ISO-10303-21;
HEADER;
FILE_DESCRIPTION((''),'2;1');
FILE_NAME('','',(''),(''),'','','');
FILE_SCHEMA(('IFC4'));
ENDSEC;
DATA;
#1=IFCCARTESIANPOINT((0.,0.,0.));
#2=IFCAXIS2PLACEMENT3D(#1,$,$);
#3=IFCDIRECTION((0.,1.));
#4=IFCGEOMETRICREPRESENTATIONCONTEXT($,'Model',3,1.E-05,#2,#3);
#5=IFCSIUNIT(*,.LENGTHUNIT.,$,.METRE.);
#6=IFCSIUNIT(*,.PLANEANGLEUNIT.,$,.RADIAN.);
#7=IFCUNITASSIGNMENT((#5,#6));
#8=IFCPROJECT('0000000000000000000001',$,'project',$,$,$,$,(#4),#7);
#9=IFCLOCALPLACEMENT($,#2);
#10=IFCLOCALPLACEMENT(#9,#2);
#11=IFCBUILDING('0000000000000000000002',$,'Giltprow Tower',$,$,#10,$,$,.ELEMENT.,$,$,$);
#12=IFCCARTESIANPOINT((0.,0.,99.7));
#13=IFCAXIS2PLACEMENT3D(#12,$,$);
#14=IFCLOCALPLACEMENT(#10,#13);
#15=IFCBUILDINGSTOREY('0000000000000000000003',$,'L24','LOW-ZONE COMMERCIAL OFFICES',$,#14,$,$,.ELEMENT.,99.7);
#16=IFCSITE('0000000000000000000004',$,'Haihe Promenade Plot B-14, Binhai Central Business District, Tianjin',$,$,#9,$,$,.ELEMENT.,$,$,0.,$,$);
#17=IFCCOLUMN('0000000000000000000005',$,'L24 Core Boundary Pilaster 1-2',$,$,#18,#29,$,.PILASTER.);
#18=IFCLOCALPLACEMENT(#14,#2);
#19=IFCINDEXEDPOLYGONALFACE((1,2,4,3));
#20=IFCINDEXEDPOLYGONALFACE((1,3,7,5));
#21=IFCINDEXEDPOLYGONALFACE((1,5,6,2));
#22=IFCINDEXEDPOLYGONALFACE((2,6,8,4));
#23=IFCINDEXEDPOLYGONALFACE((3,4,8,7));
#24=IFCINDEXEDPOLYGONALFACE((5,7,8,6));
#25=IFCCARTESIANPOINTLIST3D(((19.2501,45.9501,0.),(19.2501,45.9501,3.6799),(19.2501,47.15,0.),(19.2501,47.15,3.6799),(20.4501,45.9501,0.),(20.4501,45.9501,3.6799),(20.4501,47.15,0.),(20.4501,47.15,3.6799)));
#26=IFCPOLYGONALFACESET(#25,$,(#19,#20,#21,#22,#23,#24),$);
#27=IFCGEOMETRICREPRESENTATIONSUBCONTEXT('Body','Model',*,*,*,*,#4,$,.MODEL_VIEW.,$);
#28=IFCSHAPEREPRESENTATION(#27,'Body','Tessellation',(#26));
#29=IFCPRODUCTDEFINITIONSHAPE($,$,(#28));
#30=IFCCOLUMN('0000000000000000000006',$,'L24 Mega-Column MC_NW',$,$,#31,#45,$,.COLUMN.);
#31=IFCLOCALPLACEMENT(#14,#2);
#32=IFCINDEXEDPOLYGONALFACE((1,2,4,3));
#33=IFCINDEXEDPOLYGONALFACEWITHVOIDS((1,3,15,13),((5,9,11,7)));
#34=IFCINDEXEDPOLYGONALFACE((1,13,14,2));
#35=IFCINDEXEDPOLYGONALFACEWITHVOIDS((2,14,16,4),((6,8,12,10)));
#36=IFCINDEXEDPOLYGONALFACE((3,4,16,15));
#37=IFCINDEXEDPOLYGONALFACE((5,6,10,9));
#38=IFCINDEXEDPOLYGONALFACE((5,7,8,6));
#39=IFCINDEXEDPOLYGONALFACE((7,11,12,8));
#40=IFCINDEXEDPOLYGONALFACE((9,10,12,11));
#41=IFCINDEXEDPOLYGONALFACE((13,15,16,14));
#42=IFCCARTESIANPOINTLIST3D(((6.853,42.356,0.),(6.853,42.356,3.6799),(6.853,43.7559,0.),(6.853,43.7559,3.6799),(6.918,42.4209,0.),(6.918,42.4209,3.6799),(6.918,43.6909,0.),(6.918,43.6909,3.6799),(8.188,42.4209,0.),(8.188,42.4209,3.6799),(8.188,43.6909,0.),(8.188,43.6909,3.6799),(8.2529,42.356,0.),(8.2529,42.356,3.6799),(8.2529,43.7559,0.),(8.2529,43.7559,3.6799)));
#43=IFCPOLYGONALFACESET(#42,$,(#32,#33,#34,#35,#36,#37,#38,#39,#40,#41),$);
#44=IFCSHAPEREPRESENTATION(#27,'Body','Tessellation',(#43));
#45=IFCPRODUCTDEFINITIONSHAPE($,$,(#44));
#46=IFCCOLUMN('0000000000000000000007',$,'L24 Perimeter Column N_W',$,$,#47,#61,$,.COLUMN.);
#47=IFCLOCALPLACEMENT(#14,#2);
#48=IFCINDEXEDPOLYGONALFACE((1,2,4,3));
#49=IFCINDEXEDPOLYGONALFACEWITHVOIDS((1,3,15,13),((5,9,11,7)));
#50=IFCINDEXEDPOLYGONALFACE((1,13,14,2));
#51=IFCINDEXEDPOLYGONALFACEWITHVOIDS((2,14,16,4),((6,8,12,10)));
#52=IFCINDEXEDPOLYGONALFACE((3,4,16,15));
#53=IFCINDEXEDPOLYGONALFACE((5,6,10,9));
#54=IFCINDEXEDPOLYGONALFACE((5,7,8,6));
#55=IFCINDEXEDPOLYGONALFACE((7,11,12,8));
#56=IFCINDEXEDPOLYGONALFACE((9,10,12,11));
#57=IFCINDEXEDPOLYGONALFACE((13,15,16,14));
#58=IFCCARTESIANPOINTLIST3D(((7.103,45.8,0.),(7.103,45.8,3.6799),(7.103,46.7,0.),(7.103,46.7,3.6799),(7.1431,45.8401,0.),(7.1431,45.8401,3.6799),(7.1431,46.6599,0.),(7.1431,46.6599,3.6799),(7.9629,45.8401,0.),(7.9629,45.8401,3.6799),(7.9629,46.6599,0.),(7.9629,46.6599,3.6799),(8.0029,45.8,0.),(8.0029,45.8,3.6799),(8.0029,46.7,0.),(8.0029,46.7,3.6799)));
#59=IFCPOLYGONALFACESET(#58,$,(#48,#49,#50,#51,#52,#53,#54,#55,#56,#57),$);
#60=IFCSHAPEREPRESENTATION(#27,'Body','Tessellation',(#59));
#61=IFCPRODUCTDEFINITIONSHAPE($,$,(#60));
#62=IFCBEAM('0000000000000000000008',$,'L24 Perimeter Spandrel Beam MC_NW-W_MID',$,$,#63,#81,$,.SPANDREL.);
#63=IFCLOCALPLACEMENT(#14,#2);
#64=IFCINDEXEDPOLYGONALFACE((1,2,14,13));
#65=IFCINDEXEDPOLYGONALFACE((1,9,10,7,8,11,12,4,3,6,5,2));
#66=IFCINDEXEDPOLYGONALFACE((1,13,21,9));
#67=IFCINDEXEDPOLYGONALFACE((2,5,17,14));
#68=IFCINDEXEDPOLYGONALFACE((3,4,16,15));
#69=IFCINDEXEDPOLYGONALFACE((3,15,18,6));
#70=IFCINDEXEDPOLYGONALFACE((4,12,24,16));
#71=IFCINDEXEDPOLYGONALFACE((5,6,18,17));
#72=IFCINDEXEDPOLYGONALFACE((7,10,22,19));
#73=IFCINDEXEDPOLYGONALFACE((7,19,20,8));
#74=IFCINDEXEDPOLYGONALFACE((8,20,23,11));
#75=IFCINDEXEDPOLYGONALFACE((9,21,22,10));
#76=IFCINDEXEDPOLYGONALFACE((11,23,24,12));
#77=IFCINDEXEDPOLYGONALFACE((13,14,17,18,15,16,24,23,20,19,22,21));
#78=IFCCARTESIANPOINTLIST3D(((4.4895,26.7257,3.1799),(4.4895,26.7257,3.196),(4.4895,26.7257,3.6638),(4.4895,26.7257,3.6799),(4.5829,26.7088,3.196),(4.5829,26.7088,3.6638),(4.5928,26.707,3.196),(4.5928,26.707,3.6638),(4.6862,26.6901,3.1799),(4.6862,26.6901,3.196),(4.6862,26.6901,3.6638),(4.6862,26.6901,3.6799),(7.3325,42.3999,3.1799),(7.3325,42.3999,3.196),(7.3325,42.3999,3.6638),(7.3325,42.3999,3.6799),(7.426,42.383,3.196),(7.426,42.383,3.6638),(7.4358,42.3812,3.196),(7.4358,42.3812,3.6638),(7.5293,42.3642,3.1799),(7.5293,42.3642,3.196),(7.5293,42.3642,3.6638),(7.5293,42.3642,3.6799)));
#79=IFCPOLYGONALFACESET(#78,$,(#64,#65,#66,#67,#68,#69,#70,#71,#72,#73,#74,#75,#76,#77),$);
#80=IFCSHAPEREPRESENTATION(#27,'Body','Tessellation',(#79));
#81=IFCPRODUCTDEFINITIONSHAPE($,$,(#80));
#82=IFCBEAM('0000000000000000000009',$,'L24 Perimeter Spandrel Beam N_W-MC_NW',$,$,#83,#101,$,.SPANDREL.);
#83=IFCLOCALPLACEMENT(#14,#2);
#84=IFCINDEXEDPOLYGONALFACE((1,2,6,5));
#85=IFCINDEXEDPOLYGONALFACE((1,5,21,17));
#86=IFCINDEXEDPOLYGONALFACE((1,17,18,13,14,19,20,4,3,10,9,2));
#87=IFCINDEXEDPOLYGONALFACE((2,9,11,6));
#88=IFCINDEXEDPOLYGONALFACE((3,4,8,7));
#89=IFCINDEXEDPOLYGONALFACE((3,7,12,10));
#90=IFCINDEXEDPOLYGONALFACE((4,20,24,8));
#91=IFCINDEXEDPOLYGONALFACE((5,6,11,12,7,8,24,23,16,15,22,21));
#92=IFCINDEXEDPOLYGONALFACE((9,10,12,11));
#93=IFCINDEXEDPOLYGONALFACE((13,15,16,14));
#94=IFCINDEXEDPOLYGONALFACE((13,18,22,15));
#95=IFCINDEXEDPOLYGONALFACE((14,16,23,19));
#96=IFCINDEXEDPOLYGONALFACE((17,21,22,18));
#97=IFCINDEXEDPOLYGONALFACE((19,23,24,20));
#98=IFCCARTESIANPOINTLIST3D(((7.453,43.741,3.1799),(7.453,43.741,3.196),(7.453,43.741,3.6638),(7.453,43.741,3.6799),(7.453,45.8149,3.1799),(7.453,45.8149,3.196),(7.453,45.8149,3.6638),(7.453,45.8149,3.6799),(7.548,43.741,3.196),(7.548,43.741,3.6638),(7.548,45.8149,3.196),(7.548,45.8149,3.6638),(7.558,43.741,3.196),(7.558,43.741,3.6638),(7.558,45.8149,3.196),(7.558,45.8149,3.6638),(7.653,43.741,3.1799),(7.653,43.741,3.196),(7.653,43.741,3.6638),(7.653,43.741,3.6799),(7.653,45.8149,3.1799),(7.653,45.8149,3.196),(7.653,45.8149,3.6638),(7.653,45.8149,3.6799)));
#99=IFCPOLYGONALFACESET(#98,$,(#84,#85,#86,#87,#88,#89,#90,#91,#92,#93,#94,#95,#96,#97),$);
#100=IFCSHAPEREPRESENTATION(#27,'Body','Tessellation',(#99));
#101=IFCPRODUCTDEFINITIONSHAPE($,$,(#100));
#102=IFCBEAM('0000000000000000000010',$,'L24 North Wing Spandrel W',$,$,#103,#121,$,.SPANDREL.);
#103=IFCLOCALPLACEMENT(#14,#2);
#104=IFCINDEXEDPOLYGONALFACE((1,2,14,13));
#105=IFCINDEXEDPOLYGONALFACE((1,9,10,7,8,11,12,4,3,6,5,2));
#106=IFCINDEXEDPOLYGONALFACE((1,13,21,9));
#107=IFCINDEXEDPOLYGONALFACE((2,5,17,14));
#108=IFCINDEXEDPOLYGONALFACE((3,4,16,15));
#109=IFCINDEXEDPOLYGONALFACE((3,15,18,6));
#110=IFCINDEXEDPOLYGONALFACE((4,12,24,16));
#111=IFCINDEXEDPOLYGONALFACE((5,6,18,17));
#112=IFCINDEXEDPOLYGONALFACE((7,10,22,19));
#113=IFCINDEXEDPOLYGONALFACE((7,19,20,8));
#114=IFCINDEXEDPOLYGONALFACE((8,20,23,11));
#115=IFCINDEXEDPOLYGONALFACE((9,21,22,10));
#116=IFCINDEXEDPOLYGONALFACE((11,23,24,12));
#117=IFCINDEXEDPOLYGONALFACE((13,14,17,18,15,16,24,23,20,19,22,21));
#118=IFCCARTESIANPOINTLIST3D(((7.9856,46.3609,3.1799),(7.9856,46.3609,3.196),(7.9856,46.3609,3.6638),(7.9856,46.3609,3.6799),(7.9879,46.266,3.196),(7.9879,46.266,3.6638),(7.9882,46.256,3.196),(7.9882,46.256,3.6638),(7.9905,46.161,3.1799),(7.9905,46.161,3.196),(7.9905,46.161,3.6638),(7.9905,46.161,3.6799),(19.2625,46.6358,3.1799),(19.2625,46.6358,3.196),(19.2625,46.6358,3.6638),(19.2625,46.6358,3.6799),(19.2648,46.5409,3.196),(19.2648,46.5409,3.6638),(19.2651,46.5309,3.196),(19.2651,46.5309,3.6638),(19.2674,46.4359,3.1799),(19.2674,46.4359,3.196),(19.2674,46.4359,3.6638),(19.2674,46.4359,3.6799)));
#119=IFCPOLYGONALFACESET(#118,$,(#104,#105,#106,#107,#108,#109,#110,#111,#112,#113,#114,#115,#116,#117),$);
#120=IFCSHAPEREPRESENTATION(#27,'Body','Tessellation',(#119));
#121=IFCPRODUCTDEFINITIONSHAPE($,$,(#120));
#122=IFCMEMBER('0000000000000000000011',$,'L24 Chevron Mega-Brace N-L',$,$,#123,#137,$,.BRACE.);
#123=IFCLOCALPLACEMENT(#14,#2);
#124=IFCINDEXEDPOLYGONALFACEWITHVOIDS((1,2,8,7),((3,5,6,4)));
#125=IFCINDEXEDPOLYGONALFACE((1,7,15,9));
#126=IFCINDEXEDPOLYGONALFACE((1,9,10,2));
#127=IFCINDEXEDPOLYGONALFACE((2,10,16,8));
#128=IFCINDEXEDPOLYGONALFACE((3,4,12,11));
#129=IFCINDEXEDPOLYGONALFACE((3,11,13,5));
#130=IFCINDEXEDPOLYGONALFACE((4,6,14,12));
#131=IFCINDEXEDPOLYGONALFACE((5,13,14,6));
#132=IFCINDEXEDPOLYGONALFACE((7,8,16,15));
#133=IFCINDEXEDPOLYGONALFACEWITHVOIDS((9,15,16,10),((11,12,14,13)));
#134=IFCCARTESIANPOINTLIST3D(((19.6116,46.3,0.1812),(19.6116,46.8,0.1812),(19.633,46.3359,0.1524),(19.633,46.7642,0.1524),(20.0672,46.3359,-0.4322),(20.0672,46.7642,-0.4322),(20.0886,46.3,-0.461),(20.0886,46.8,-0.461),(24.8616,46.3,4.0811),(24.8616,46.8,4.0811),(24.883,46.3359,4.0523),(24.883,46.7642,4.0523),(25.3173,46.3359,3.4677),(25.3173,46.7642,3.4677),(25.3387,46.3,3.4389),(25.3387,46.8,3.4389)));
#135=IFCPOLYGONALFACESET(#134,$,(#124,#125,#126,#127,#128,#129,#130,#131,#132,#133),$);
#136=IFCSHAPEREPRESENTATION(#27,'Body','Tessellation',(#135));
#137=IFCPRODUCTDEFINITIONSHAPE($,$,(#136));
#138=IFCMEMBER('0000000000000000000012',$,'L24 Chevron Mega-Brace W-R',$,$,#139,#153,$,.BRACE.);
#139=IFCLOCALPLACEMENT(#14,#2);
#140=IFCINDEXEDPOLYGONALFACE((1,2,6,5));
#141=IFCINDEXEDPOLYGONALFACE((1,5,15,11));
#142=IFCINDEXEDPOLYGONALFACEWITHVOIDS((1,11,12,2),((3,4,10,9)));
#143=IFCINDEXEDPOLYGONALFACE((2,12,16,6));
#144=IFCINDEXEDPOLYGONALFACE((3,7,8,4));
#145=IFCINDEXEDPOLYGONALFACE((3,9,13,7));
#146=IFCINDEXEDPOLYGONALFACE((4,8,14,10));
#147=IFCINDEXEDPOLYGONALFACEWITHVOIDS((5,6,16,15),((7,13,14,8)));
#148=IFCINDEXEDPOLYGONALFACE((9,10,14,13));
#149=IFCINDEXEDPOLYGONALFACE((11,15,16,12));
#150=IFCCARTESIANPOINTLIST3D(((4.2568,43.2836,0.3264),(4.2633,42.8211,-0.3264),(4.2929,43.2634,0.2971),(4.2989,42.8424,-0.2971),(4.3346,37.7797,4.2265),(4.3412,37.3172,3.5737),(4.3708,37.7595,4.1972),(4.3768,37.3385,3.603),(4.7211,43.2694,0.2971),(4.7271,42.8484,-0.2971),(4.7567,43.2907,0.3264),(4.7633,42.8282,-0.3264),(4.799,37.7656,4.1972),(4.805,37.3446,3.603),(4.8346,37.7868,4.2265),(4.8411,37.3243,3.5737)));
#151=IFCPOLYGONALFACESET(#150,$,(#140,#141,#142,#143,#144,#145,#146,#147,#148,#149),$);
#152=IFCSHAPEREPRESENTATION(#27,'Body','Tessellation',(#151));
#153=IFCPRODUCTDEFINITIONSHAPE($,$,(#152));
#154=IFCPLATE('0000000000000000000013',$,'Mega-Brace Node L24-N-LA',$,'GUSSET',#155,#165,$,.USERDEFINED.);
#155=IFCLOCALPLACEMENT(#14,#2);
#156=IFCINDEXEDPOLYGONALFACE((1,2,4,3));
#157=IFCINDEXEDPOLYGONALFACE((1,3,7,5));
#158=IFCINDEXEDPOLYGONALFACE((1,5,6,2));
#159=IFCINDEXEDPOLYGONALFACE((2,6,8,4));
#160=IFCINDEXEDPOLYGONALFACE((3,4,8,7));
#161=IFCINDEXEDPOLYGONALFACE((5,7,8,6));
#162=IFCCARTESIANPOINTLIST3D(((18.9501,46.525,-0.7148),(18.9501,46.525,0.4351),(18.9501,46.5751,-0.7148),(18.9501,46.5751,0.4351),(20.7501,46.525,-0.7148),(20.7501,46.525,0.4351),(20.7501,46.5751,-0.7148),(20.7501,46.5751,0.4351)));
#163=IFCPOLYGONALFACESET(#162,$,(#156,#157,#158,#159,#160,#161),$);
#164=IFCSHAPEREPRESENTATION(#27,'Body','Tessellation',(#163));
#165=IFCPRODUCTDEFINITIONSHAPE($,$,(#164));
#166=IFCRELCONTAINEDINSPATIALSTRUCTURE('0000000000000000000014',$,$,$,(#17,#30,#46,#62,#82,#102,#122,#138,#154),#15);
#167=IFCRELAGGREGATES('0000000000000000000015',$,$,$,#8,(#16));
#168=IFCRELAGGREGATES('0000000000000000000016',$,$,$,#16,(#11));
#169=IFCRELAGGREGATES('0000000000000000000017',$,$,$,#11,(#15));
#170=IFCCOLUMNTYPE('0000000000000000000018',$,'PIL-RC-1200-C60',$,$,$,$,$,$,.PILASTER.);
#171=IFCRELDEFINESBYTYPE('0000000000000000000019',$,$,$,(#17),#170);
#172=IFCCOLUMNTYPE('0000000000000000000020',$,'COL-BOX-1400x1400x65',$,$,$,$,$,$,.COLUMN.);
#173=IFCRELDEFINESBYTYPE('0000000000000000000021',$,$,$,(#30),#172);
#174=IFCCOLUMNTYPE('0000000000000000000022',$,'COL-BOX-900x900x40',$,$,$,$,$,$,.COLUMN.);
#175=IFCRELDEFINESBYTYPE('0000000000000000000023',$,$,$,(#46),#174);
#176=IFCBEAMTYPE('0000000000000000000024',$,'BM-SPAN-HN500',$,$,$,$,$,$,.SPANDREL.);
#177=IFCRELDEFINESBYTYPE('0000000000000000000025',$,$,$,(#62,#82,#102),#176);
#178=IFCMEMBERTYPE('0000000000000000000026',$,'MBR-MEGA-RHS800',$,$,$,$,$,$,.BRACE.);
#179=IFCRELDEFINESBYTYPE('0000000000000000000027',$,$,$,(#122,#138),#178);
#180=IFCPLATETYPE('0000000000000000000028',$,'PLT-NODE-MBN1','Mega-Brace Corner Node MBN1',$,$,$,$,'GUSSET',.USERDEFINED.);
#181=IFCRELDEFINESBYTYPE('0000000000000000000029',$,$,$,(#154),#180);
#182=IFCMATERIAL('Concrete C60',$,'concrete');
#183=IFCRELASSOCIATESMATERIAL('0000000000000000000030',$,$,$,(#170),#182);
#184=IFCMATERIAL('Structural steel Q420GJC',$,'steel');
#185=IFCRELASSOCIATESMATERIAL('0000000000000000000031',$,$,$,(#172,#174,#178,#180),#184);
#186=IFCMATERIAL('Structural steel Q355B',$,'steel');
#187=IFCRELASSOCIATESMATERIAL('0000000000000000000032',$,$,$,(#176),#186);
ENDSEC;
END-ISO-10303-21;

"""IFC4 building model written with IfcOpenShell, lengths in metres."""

from ifc_helpers import new_model, si_unit, direction, frame, origin, origin_2d, place, context, subcontext, project, spatial, rectangle, hollow_rectangle, i_section, extrude, source, transform, mapped, material, material_profile, profile_set, type_object, element, save


model = new_model("IFC4")

# Units and contexts
model_context = context("Model", 3, precision=1e-05, world=origin(), true_north=direction((0.0, 1.0)))
body_context = subcontext(model_context, "Body", "Model", "MODEL_VIEW")
ifc_project = project(units=[si_unit("LENGTHUNIT", "METRE"), si_unit("PLANEANGLEUNIT", "RADIAN")], contexts=[model_context])

# Site, building, storey
site_placement = place(None, origin())
site = spatial("IfcSite", under=ifc_project, at=site_placement, Name="Haihe Promenade Plot B-14, Binhai Central Business District, Tianjin", CompositionType="ELEMENT", RefElevation=0.0)
building_placement = place(site_placement, origin())
building = spatial("IfcBuilding", under=site, at=building_placement, Name="Giltprow Tower", CompositionType="ELEMENT")
storey_placement = place(building_placement, frame((0.0, 0.0, 99.7)))
storey = spatial("IfcBuildingStorey", under=building, at=storey_placement, Name="L24", Description="LOW-ZONE COMMERCIAL OFFICES", CompositionType="ELEMENT", Elevation=99.7)

# Columns
ifc_material_1 = material(Name="Concrete C60", Category="concrete")
ifc_material_profile_1 = material_profile(ifc_material_1, rectangle(XDim=1.2, YDim=1.2, at=origin_2d()), Name="RC 1200x1200")
ifc_profile_set_1 = profile_set([ifc_material_profile_1], Name="Concrete C60")
column_type_1 = type_object("IfcColumnType", Name="PIL-RC-1200-C60", PredefinedType="PILASTER", material=ifc_profile_set_1)
shared_shape_1 = source(origin(), body_context, "Body", "SweptSolid", [
    extrude(rectangle(XDim=1.2, YDim=1.2, at=origin_2d()), origin(), (0.0, 0.0, 1.0), 3.6799),
])
column_1_placement = place(storey_placement, frame((19.8501, 46.55, 0.0), z_axis=(0.0, 0.0, 1.0), x_axis=(1.0, 0.0, 0.0)))
element("IfcColumn", 1, at=column_1_placement, inside=storey, type_object=column_type_1, Name="L24 Core Boundary Pilaster 1-2", PredefinedType="PILASTER", context=body_context, shape_type="MappedRepresentation", body=[
    mapped(shared_shape_1, transform((0.0, 0.0, 0.0), x_axis=(1.0, 0.0, 0.0), y_axis=(0.0, 1.0, 0.0), z_axis=(0.0, 0.0, 1.0), scale=1.0)),
])
ifc_material_2 = material(Name="Structural steel Q420GJC", Category="steel")
ifc_material_profile_2 = material_profile(ifc_material_2, hollow_rectangle(XDim=1.3999, YDim=1.3999, WallThickness=0.0649, at=origin_2d()), Name="BOX 1400x1400x65")
ifc_profile_set_2 = profile_set([ifc_material_profile_2], Name="Structural steel Q420GJC")
column_type_2 = type_object("IfcColumnType", Name="COL-BOX-1400x1400x65", PredefinedType="COLUMN", material=ifc_profile_set_2)
shared_shape_2 = source(origin(), body_context, "Body", "SweptSolid", [
    extrude(hollow_rectangle(XDim=1.3999, YDim=1.3999, WallThickness=0.0649, at=origin_2d()), origin(), (0.0, 0.0, 1.0), 3.6799),
])
column_2_placement = place(storey_placement, frame((7.553, 43.0559, 0.0), z_axis=(0.0, 0.0, 1.0), x_axis=(1.0, 0.0, 0.0)))
element("IfcColumn", 2, at=column_2_placement, inside=storey, type_object=column_type_2, Name="L24 Mega-Column MC_NW", PredefinedType="COLUMN", context=body_context, shape_type="MappedRepresentation", body=[
    mapped(shared_shape_2, transform((0.0, 0.0, 0.0), x_axis=(1.0, 0.0, 0.0), y_axis=(0.0, 1.0, 0.0), z_axis=(0.0, 0.0, 1.0), scale=1.0)),
])
ifc_material_profile_3 = material_profile(ifc_material_2, hollow_rectangle(XDim=0.8999, YDim=0.8999, WallThickness=0.04, at=origin_2d()), Name="BOX 900x900x40")
ifc_profile_set_3 = profile_set([ifc_material_profile_3], Name="Structural steel Q420GJC")
column_type_3 = type_object("IfcColumnType", Name="COL-BOX-900x900x40", PredefinedType="COLUMN", material=ifc_profile_set_3)
shared_shape_3 = source(origin(), body_context, "Body", "SweptSolid", [
    extrude(hollow_rectangle(XDim=0.8999, YDim=0.8999, WallThickness=0.04, at=origin_2d()), origin(), (0.0, 0.0, 1.0), 3.6799),
])
column_3_placement = place(storey_placement, frame((7.553, 46.25, 0.0), z_axis=(0.0, 0.0, 1.0), x_axis=(1.0, 0.0, 0.0)))
element("IfcColumn", 3, at=column_3_placement, inside=storey, type_object=column_type_3, Name="L24 Perimeter Column N_W", PredefinedType="COLUMN", context=body_context, shape_type="MappedRepresentation", body=[
    mapped(shared_shape_3, transform((0.0, 0.0, 0.0), x_axis=(1.0, 0.0, 0.0), y_axis=(0.0, 1.0, 0.0), z_axis=(0.0, 0.0, 1.0), scale=1.0)),
])

# Beams
ifc_material_3 = material(Name="Structural steel Q355B", Category="steel")
ifc_material_profile_4 = material_profile(ifc_material_3, i_section(OverallWidth=0.2, OverallDepth=0.5, WebThickness=0.01, FlangeThickness=0.0161, at=origin_2d()), Name="HN 500x200x10x16")
ifc_profile_set_4 = profile_set([ifc_material_profile_4], Name="Structural steel Q355B")
beam_type = type_object("IfcBeamType", Name="BM-SPAN-HN500", PredefinedType="SPANDREL", material=ifc_profile_set_4)
shared_shape_4 = source(origin(), body_context, "Body", "SweptSolid", [
    extrude(i_section(OverallWidth=0.2, OverallDepth=0.5, WebThickness=0.01, FlangeThickness=0.0161, at=origin_2d()), origin(), (0.0, 0.0, 1.0), 15.9299),
])
beam_1_placement = place(storey_placement, frame((7.4309, 42.3821, 3.4299), z_axis=(-0.178471, -0.983945, 0.0), x_axis=(0.983945, -0.178471, 0.0)))
element("IfcBeam", 4, at=beam_1_placement, inside=storey, type_object=beam_type, Name="L24 Perimeter Spandrel Beam MC_NW-W_MID", PredefinedType="SPANDREL", context=body_context, shape_type="MappedRepresentation", body=[
    mapped(shared_shape_4, transform((0.0, 0.0, 0.0), x_axis=(1.0, 0.0, 0.0), y_axis=(0.0, 1.0, 0.0), z_axis=(0.0, 0.0, 1.0), scale=1.0)),
])
shared_shape_5 = source(origin(), body_context, "Body", "SweptSolid", [
    extrude(i_section(OverallWidth=0.2, OverallDepth=0.5, WebThickness=0.01, FlangeThickness=0.0161, at=origin_2d()), origin(), (0.0, 0.0, 1.0), 2.074),
])
beam_2_placement = place(storey_placement, frame((7.553, 45.8149, 3.4299), z_axis=(0.0, -1.0, 0.0), x_axis=(1.0, 0.0, 0.0)))
element("IfcBeam", 5, at=beam_2_placement, inside=storey, type_object=beam_type, Name="L24 Perimeter Spandrel Beam N_W-MC_NW", PredefinedType="SPANDREL", context=body_context, shape_type="MappedRepresentation", body=[
    mapped(shared_shape_5, transform((0.0, 0.0, 0.0), x_axis=(1.0, 0.0, 0.0), y_axis=(0.0, 1.0, 0.0), z_axis=(0.0, 0.0, 1.0), scale=1.0)),
])
shared_shape_6 = source(origin(), body_context, "Body", "SweptSolid", [
    extrude(i_section(OverallWidth=0.2, OverallDepth=0.5, WebThickness=0.01, FlangeThickness=0.0161, at=origin_2d()), origin(), (0.0, 0.0, 1.0), 11.2803),
])
beam_3_placement = place(storey_placement, frame((7.988, 46.261, 3.4299), z_axis=(0.999703, 0.02437, 0.0), x_axis=(-0.02437, 0.999703, 0.0)))
element("IfcBeam", 6, at=beam_3_placement, inside=storey, type_object=beam_type, Name="L24 North Wing Spandrel W", PredefinedType="SPANDREL", context=body_context, shape_type="MappedRepresentation", body=[
    mapped(shared_shape_6, transform((0.0, 0.0, 0.0), x_axis=(1.0, 0.0, 0.0), y_axis=(0.0, 1.0, 0.0), z_axis=(0.0, 0.0, 1.0), scale=1.0)),
])

# Members
ifc_material_profile_5 = material_profile(ifc_material_2, hollow_rectangle(XDim=0.5, YDim=0.8, WallThickness=0.0359, at=origin_2d()), Name="RHS 800x500x36")
ifc_profile_set_5 = profile_set([ifc_material_profile_5], Name="Structural steel Q420GJC")
member_type = type_object("IfcMemberType", Name="MBR-MEGA-RHS800", PredefinedType="BRACE", material=ifc_profile_set_5)
shared_shape_7 = source(origin(), body_context, "Body", "SweptSolid", [
    extrude(hollow_rectangle(XDim=0.5, YDim=0.8, WallThickness=0.0359, at=origin_2d()), origin(), (0.0, 0.0, 1.0), 6.54),
])
member_1_placement = place(storey_placement, frame((19.8501, 46.55, -0.1399), z_axis=(0.802751, 0.0, 0.596314), x_axis=(0.0, 1.0, 0.0)))
element("IfcMember", 7, at=member_1_placement, inside=storey, type_object=member_type, Name="L24 Chevron Mega-Brace N-L", PredefinedType="BRACE", context=body_context, shape_type="MappedRepresentation", body=[
    mapped(shared_shape_7, transform((0.0, 0.0, 0.0), x_axis=(1.0, 0.0, 0.0), y_axis=(0.0, 1.0, 0.0), z_axis=(0.0, 0.0, 1.0), scale=1.0)),
])
shared_shape_8 = source(origin(), body_context, "Body", "SweptSolid", [
    extrude(hollow_rectangle(XDim=0.5, YDim=0.8, WallThickness=0.0359, at=origin_2d()), origin(), (0.0, 0.0, 1.0), 6.7461),
])
member_2_placement = place(storey_placement, frame((4.51, 43.0559, 0.0), z_axis=(0.011545, -0.815862, 0.578131), x_axis=(0.9999, 0.014149, 0.0)))
element("IfcMember", 8, at=member_2_placement, inside=storey, type_object=member_type, Name="L24 Chevron Mega-Brace W-R", PredefinedType="BRACE", context=body_context, shape_type="MappedRepresentation", body=[
    mapped(shared_shape_8, transform((0.0, 0.0, 0.0), x_axis=(1.0, 0.0, 0.0), y_axis=(0.0, 1.0, 0.0), z_axis=(0.0, 0.0, 1.0), scale=1.0)),
])

# Plate
plate_type = type_object("IfcPlateType", Name="PLT-NODE-MBN1", Description="Mega-Brace Corner Node MBN1", ElementType="GUSSET", PredefinedType="USERDEFINED", material=ifc_material_2)
shared_shape_9 = source(origin(), body_context, "Body", "SweptSolid", [
    extrude(rectangle(XDim=1.8, YDim=0.05, at=origin_2d()), origin(), (0.0, 0.0, 1.0), 1.1499),
])
for number, where, z_axis, x_axis, name in (
    (9, (19.8501, 46.55, -0.7148), (0.0, 0.0, 1.0), (1.0, 0.0, 0.0), "Mega-Brace Node L24-N-LA"),
):
    element("IfcPlate", number, at=place(storey_placement, frame(where, z_axis=z_axis, x_axis=x_axis)), inside=storey, type_object=plate_type, Name=name, ObjectType="GUSSET", PredefinedType="USERDEFINED", context=body_context, shape_type="MappedRepresentation", body=[
        mapped(shared_shape_9, transform((0.0, 0.0, 0.0), x_axis=(1.0, 0.0, 0.0), y_axis=(0.0, 1.0, 0.0), z_axis=(0.0, 0.0, 1.0), scale=1.0)),
    ])

save(model, "model.ifc")
